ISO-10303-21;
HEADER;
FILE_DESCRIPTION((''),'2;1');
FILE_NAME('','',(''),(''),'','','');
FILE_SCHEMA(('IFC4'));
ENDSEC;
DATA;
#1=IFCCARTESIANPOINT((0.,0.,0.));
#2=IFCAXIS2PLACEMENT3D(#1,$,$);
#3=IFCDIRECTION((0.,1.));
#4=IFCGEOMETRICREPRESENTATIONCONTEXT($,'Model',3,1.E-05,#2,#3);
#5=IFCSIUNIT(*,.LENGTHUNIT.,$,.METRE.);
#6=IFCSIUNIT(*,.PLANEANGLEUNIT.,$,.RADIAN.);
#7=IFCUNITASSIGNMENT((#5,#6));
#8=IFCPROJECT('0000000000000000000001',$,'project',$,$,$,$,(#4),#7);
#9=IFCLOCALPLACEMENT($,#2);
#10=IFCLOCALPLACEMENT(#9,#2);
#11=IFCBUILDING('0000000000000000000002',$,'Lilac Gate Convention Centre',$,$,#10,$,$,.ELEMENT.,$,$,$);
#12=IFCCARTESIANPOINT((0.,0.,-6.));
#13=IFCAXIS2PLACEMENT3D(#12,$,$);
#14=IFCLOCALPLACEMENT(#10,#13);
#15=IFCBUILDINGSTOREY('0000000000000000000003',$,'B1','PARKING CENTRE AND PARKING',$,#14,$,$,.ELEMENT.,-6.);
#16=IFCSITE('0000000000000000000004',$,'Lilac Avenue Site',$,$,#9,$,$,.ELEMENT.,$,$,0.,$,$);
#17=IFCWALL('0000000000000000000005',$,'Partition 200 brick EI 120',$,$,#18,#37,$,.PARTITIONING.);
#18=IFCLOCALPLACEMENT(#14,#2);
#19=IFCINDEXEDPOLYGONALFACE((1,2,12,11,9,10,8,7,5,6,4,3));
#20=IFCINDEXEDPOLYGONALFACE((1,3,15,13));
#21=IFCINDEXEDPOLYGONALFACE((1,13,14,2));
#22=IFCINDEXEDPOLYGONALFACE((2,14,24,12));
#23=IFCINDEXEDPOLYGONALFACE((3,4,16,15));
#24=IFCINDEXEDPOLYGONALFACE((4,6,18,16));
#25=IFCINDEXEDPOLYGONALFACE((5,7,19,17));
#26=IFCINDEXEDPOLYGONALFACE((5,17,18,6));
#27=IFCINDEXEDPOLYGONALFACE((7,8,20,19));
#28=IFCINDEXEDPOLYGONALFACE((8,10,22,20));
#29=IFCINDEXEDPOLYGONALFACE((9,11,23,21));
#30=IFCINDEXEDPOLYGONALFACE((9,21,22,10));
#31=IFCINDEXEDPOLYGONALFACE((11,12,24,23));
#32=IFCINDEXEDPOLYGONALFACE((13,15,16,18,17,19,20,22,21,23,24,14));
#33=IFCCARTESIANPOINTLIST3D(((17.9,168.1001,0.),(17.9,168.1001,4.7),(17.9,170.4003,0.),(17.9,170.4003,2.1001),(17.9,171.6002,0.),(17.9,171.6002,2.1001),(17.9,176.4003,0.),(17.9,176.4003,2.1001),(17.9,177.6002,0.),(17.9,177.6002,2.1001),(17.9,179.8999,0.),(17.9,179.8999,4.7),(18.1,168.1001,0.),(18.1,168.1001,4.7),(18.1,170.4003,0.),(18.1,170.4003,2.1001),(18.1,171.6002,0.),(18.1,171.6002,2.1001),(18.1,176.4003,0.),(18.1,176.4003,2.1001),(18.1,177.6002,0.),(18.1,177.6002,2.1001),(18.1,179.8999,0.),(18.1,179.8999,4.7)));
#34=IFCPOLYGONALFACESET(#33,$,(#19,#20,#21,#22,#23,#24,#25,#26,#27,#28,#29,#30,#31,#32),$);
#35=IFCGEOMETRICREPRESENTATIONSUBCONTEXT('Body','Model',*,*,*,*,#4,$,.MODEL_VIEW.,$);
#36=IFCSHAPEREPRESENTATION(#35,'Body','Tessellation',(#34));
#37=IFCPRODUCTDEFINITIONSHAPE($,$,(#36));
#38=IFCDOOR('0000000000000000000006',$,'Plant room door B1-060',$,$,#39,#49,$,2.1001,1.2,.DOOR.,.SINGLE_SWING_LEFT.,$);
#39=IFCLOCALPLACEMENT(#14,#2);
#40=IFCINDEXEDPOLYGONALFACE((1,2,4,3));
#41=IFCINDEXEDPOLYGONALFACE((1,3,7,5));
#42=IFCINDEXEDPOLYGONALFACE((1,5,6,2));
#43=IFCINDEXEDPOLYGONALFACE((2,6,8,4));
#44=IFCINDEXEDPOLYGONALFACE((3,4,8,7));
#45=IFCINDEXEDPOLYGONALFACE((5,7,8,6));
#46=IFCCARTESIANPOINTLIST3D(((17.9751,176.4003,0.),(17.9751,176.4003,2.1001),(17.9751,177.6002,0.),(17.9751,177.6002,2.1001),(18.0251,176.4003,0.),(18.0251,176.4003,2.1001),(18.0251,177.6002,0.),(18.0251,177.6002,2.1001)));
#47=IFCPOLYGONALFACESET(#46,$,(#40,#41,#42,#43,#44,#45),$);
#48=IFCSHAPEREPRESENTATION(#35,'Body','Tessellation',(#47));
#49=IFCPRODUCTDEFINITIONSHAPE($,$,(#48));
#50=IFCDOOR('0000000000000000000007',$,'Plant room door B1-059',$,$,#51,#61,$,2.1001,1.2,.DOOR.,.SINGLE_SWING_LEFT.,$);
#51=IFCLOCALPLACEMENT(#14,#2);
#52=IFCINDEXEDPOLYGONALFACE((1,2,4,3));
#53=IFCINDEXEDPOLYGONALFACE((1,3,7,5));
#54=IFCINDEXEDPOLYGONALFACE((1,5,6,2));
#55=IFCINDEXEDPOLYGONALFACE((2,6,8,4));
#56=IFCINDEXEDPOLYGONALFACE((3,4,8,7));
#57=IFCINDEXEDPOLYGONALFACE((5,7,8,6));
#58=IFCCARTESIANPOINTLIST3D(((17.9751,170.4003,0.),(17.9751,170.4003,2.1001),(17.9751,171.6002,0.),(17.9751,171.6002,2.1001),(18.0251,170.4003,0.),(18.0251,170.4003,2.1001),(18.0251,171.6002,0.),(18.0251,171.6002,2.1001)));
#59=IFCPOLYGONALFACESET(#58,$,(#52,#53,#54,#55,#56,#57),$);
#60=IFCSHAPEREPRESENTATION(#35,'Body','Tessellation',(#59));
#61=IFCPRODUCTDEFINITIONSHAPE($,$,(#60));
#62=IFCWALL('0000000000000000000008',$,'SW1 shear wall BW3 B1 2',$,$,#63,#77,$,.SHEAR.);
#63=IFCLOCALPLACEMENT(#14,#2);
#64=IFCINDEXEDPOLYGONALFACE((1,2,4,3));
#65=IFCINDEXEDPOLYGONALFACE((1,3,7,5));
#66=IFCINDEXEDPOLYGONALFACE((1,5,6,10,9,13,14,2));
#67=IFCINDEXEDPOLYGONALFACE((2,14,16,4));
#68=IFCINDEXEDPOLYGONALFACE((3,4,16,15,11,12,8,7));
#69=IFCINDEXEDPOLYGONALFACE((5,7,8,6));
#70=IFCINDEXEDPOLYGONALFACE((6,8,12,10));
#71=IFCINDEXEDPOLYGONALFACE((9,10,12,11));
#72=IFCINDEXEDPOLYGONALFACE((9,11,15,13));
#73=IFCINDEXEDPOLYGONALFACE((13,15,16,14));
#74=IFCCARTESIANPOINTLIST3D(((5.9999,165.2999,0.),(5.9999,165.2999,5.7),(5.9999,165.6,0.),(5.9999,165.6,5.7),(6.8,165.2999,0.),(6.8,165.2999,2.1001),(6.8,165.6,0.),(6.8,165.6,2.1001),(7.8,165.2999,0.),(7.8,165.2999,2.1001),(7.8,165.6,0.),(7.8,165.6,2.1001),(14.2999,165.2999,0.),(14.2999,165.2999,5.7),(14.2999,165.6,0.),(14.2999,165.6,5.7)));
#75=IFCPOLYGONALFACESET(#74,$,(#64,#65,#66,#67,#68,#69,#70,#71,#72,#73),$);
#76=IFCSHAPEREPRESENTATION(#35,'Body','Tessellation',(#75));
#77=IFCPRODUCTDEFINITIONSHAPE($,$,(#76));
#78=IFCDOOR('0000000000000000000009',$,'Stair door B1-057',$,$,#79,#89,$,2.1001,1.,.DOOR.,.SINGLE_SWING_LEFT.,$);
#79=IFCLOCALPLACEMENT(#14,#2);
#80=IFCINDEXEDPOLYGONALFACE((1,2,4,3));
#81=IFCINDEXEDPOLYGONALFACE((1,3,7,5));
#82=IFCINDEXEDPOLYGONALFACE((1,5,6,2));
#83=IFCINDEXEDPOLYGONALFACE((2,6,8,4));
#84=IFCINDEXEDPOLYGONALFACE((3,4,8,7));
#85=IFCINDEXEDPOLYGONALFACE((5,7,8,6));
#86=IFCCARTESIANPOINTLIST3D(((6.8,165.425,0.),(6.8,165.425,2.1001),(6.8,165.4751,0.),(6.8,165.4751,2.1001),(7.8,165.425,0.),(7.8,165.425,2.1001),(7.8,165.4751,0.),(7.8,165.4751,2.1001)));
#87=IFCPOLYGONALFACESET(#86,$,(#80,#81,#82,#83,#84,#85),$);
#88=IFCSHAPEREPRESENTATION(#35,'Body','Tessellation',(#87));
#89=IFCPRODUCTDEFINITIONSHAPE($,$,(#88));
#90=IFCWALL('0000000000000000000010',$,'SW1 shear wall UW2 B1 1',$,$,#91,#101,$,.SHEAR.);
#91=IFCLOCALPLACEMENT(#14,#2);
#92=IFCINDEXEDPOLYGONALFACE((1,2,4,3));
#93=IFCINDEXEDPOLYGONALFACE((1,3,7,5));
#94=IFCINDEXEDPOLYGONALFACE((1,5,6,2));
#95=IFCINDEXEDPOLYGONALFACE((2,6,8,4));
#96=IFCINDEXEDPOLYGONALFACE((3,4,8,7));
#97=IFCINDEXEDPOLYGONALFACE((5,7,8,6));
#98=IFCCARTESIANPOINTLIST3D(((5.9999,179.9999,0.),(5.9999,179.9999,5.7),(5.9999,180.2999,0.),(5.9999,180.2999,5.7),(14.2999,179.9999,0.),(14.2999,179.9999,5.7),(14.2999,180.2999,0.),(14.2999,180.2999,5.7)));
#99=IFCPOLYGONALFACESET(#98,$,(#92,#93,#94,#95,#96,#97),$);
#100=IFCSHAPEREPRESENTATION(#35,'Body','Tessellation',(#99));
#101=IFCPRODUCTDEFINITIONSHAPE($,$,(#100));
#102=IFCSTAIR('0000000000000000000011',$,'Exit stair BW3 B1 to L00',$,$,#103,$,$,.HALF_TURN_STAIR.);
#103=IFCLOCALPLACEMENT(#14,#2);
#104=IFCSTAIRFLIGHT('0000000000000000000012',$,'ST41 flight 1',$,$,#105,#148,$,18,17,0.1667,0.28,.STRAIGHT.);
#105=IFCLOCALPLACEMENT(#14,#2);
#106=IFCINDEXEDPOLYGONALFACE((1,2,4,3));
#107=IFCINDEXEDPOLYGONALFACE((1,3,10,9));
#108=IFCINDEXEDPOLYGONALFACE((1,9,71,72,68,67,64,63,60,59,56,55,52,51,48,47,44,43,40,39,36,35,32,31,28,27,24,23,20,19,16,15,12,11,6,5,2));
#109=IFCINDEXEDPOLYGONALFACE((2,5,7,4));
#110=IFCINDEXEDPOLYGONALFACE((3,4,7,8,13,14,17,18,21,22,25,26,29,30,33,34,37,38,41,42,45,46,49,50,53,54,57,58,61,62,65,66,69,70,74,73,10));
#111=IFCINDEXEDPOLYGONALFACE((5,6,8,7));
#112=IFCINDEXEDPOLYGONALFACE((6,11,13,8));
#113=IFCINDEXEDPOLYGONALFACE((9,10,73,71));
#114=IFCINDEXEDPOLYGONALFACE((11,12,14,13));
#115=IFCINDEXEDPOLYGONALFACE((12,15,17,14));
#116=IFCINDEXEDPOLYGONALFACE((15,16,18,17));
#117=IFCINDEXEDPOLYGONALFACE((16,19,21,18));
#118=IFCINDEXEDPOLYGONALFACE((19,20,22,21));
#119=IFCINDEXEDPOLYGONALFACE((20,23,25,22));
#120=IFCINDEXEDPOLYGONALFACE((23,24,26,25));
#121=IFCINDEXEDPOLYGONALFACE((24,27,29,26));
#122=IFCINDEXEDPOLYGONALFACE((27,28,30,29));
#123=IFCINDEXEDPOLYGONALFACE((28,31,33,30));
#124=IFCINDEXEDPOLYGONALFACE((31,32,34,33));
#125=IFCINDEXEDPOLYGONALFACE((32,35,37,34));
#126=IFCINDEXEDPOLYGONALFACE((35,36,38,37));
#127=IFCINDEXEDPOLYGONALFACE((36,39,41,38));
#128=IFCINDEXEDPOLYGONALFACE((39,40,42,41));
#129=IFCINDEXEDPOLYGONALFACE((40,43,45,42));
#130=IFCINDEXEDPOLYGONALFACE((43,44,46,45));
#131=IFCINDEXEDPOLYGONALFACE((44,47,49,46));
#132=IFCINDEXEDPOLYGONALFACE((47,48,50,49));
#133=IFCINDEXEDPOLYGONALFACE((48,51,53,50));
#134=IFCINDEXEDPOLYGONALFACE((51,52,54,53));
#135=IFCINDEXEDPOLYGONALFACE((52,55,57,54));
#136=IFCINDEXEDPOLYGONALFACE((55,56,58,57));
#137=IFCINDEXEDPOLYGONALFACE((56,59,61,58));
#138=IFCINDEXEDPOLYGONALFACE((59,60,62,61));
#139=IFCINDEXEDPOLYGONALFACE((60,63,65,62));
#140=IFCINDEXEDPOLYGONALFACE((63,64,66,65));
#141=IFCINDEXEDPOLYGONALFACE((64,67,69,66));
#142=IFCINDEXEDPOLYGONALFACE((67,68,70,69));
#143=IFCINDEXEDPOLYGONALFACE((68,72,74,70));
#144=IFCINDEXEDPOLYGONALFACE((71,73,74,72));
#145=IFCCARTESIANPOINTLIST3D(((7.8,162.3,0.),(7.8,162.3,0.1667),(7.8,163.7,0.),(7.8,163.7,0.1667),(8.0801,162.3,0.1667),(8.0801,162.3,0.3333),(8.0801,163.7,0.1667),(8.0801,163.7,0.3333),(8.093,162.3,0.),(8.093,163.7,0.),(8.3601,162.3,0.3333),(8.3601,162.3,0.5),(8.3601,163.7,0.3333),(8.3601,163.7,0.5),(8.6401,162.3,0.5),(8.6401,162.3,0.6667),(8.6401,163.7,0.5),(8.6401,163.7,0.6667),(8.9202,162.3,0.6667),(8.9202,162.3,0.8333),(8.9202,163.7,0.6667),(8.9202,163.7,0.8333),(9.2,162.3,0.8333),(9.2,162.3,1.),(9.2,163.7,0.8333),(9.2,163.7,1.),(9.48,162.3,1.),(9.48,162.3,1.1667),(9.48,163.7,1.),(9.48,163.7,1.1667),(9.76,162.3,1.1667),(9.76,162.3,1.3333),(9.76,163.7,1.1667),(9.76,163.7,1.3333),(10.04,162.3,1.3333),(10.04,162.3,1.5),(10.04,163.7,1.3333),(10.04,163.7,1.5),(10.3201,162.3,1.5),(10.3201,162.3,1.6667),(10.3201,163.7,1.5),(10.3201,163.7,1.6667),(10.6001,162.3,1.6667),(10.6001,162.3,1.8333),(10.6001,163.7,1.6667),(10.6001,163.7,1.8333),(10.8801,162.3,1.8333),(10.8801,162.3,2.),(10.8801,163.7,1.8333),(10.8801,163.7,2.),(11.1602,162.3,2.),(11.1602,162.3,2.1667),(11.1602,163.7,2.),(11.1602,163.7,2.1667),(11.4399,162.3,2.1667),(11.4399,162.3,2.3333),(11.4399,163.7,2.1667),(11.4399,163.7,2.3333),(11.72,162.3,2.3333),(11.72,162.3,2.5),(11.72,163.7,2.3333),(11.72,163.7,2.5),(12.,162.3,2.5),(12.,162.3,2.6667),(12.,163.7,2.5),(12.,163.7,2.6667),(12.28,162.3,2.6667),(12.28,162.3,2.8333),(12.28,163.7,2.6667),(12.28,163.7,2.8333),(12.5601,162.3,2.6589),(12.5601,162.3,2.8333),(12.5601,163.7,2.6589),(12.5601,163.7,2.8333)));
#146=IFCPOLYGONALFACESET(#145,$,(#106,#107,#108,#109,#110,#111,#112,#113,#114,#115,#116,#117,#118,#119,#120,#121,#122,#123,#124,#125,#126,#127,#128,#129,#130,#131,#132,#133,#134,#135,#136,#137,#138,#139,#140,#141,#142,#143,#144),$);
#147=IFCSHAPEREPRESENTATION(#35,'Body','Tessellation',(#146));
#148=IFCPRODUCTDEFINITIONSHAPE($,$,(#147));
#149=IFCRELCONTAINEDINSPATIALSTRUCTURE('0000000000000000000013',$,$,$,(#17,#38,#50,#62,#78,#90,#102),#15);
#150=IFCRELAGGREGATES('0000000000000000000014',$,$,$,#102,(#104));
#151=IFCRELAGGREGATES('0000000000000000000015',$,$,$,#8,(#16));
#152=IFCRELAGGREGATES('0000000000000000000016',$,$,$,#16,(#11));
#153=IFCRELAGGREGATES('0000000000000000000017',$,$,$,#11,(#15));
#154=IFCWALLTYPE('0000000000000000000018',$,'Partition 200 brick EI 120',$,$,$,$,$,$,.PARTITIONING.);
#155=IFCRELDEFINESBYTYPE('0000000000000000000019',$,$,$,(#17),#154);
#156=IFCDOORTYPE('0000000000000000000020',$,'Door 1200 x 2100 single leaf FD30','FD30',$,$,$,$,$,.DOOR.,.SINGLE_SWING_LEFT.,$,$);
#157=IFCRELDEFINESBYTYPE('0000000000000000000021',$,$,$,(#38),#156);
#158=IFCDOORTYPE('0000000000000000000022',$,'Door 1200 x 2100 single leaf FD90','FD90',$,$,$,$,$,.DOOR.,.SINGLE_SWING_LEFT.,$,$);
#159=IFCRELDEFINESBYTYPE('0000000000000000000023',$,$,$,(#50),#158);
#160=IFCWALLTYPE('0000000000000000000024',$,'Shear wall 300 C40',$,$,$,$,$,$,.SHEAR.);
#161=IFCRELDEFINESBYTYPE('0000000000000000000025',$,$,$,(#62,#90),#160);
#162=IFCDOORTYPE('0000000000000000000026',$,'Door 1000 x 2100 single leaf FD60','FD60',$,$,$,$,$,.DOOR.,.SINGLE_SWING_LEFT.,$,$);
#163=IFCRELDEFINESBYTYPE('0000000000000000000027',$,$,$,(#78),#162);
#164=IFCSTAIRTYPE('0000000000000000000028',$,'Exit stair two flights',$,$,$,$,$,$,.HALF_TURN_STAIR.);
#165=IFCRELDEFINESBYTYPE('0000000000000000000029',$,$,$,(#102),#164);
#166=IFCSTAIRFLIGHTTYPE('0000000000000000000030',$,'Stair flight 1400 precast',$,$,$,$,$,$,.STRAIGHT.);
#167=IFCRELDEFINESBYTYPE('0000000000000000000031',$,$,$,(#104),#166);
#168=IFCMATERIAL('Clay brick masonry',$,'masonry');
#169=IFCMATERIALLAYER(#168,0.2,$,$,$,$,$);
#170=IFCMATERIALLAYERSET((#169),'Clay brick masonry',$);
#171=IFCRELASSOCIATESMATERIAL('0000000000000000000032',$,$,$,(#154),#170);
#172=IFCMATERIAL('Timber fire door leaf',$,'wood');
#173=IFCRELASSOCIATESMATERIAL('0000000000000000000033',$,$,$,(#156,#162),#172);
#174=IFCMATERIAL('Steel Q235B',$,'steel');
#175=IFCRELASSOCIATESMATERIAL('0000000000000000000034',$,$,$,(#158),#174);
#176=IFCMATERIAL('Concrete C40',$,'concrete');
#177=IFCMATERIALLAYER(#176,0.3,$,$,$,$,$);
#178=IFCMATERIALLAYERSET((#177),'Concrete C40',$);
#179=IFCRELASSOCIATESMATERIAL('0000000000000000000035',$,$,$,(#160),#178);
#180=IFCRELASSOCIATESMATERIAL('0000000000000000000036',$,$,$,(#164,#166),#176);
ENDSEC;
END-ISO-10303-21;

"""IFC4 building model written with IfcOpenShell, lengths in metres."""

from ifc_helpers import new_model, si_unit, direction, frame, frame_2d, origin, place, context, subcontext, project, spatial, polyline, rectangle, outline, extrude, material, layer, layer_set, type_object, element, fill, aggregate, save


model = new_model("IFC4")

# Units and contexts
model_context = context("Model", 3, precision=1e-05, world=origin(), true_north=direction((0.0, 1.0)))
body_context = subcontext(model_context, "Body", "Model", "MODEL_VIEW")
ifc_project = project(units=[si_unit("LENGTHUNIT", "METRE"), si_unit("PLANEANGLEUNIT", "RADIAN")], contexts=[model_context])

# Site, building, storey
site_placement = place(None, origin())
site = spatial("IfcSite", under=ifc_project, at=site_placement, Name="Lilac Avenue Site", CompositionType="ELEMENT", RefElevation=0.0)
building_placement = place(site_placement, origin())
building = spatial("IfcBuilding", under=site, at=building_placement, Name="Lilac Gate Convention Centre", CompositionType="ELEMENT")
storey_placement = place(building_placement, frame((0.0, 0.0, -6.0)))
storey = spatial("IfcBuildingStorey", under=building, at=storey_placement, Name="B1", Description="PARKING CENTRE AND PARKING", CompositionType="ELEMENT", Elevation=-6.0)

# Shared definitions
ifc_material_1 = material(Name="Concrete C40", Category="concrete")

# Shared definitions
ifc_material_2 = material(Name="Clay brick masonry", Category="masonry")
ifc_layer_1 = layer(ifc_material_2, 0.2)
ifc_layer_set_1 = layer_set([ifc_layer_1], Name="Clay brick masonry")
wall_type_1 = type_object("IfcWallType", Name="Partition 200 brick EI 120", PredefinedType="PARTITIONING", material=ifc_layer_set_1)

# Wall, openings, doors
wall_1_placement = place(storey_placement, frame((18.0, 168.1001, 0.0), z_axis=(0.0, 0.0, 1.0), x_axis=(0.0, 1.0, 0.0)))
wall_1 = element("IfcWall", 1, at=wall_1_placement, inside=storey, type_object=wall_type_1, Name="Partition 200 brick EI 120", PredefinedType="PARTITIONING", context=body_context, shape_type="SweptSolid", body=[
    extrude(rectangle(XDim=11.7998, YDim=0.2, at=frame_2d((5.8999, 0.0))), origin(), (0.0, 0.0, 1.0), 4.7),
])
opening_1_placement = place(wall_1_placement, frame((2.3, 0.0, 0.0)))
opening_1 = element("IfcOpeningElement", 2, at=opening_1_placement, cuts=wall_1, PredefinedType="OPENING", context=body_context, shape_type="SweptSolid", body=[
    extrude(rectangle(XDim=1.2, YDim=2.1001, at=frame_2d((0.6001, 1.05))), frame((0.0, 0.1099, 0.0), z_axis=(0.0, -1.0, 0.0), x_axis=(1.0, 0.0, 0.0)), (0.0, 0.0, 1.0), 0.22),
])
opening_2_placement = place(wall_1_placement, frame((8.3, 0.0, 0.0)))
opening_2 = element("IfcOpeningElement", 3, at=opening_2_placement, cuts=wall_1, PredefinedType="OPENING", context=body_context, shape_type="SweptSolid", body=[
    extrude(rectangle(XDim=1.2, YDim=2.1001, at=frame_2d((0.6001, 1.05))), frame((0.0, 0.1099, 0.0), z_axis=(0.0, -1.0, 0.0), x_axis=(1.0, 0.0, 0.0)), (0.0, 0.0, 1.0), 0.22),
])
ifc_material_3 = material(Name="Timber fire door leaf", Category="wood")
door_type_1 = type_object("IfcDoorType", Name="Door 1200 x 2100 single leaf FD30", Description="FD30", OperationType="SINGLE_SWING_LEFT", PredefinedType="DOOR", material=ifc_material_3)
door_1_placement = place(opening_2_placement, origin())
door_1 = element("IfcDoor", 4, at=door_1_placement, inside=storey, type_object=door_type_1, Name="Plant room door B1-060", OperationType="SINGLE_SWING_LEFT", OverallHeight=2.1001, OverallWidth=1.2, PredefinedType="DOOR", context=body_context, shape_type="SweptSolid", body=[
    extrude(rectangle(XDim=1.2, YDim=2.1001, at=frame_2d((0.6001, 1.05))), frame((0.0, 0.0249, 0.0), z_axis=(0.0, -1.0, 0.0), x_axis=(1.0, 0.0, 0.0)), (0.0, 0.0, 1.0), 0.05),
])
fill(opening_2, door_1)
ifc_material_4 = material(Name="Steel Q235B", Category="steel")
door_type_2 = type_object("IfcDoorType", Name="Door 1200 x 2100 single leaf FD90", Description="FD90", OperationType="SINGLE_SWING_LEFT", PredefinedType="DOOR", material=ifc_material_4)
door_2_placement = place(opening_1_placement, origin())
door_2 = element("IfcDoor", 5, at=door_2_placement, inside=storey, type_object=door_type_2, Name="Plant room door B1-059", OperationType="SINGLE_SWING_LEFT", OverallHeight=2.1001, OverallWidth=1.2, PredefinedType="DOOR", context=body_context, shape_type="SweptSolid", body=[
    extrude(rectangle(XDim=1.2, YDim=2.1001, at=frame_2d((0.6001, 1.05))), frame((0.0, 0.0249, 0.0), z_axis=(0.0, -1.0, 0.0), x_axis=(1.0, 0.0, 0.0)), (0.0, 0.0, 1.0), 0.05),
])
fill(opening_1, door_2)

# Wall, opening, door
ifc_layer_2 = layer(ifc_material_1, 0.3)
ifc_layer_set_2 = layer_set([ifc_layer_2], Name="Concrete C40")
wall_type_2 = type_object("IfcWallType", Name="Shear wall 300 C40", PredefinedType="SHEAR", material=ifc_layer_set_2)
wall_2_placement = place(storey_placement, frame((6.0, 165.45, 0.0), z_axis=(0.0, 0.0, 1.0), x_axis=(1.0, 0.0, 0.0)))
wall_2 = element("IfcWall", 6, at=wall_2_placement, inside=storey, type_object=wall_type_2, Name="SW1 shear wall BW3 B1 2", PredefinedType="SHEAR", context=body_context, shape_type="SweptSolid", body=[
    extrude(rectangle(XDim=8.3, YDim=0.3, at=frame_2d((4.1499, 0.0))), origin(), (0.0, 0.0, 1.0), 5.7),
])
opening_3_placement = place(wall_2_placement, frame((0.8, 0.0, 0.0)))
opening_3 = element("IfcOpeningElement", 7, at=opening_3_placement, cuts=wall_2, PredefinedType="OPENING", context=body_context, shape_type="SweptSolid", body=[
    extrude(rectangle(XDim=1.0, YDim=2.1001, at=frame_2d((0.5, 1.05))), frame((0.0, 0.1599, 0.0), z_axis=(0.0, -1.0, 0.0), x_axis=(1.0, 0.0, 0.0)), (0.0, 0.0, 1.0), 0.3201),
])
door_type_3 = type_object("IfcDoorType", Name="Door 1000 x 2100 single leaf FD60", Description="FD60", OperationType="SINGLE_SWING_LEFT", PredefinedType="DOOR", material=ifc_material_3)
door_3_placement = place(opening_3_placement, frame((1.0, 0.0, 0.0), z_axis=(0.0, 0.0, 1.0), x_axis=(-1.0, 0.0, 0.0)))
door_3 = element("IfcDoor", 8, at=door_3_placement, inside=storey, type_object=door_type_3, Name="Stair door B1-057", OperationType="SINGLE_SWING_LEFT", OverallHeight=2.1001, OverallWidth=1.0, PredefinedType="DOOR", context=body_context, shape_type="SweptSolid", body=[
    extrude(rectangle(XDim=1.0, YDim=2.1001, at=frame_2d((0.5, 1.05))), frame((0.0, 0.0249, 0.0), z_axis=(0.0, -1.0, 0.0), x_axis=(1.0, 0.0, 0.0)), (0.0, 0.0, 1.0), 0.05),
])
fill(opening_3, door_3)

# Wall
wall_3_placement = place(storey_placement, frame((6.0, 180.1499, 0.0), z_axis=(0.0, 0.0, 1.0), x_axis=(1.0, 0.0, 0.0)))
element("IfcWall", 9, at=wall_3_placement, inside=storey, type_object=wall_type_2, Name="SW1 shear wall UW2 B1 1", PredefinedType="SHEAR", context=body_context, shape_type="SweptSolid", body=[
    extrude(rectangle(XDim=8.3, YDim=0.3, at=frame_2d((4.1499, 0.0))), origin(), (0.0, 0.0, 1.0), 5.7),
])

# Stair, stair flight
stair_type = type_object("IfcStairType", Name="Exit stair two flights", PredefinedType="HALF_TURN_STAIR", material=ifc_material_1)
stair_placement = place(storey_placement, origin())
stair = element("IfcStair", 10, at=stair_placement, inside=storey, type_object=stair_type, Name="Exit stair BW3 B1 to L00", PredefinedType="HALF_TURN_STAIR")
stair_flight_type = type_object("IfcStairFlightType", Name="Stair flight 1400 precast", PredefinedType="STRAIGHT", material=ifc_material_1)
stair_flight_1_placement = place(storey_placement, frame((7.8, 163.0, 0.0), z_axis=(0.0, 0.0, 1.0), x_axis=(1.0, 0.0, 0.0)))
stair_flight_1 = element("IfcStairFlight", 11, at=stair_flight_1_placement, type_object=stair_flight_type, Name="ST41 flight 1", NumberOfRisers=18, NumberOfTreads=17, PredefinedType="STRAIGHT", RiserHeight=0.1667, TreadLength=0.28, context=body_context, shape_type="SweptSolid", body=[
    extrude(outline(polyline([(0.0, 0.0), (0.0, 0.1667), (0.28, 0.1667), (0.28, 0.3333), (0.5601, 0.3333), (0.5601, 0.5), (0.8401, 0.5), (0.8401, 0.6667), (1.1201, 0.6667), (1.1201, 0.8333), (1.3999, 0.8333), (1.3999, 1.0), (1.6799, 1.0), (1.6799, 1.1667), (1.96, 1.1667), (1.96, 1.3333), (2.24, 1.3333), (2.24, 1.5), (2.52, 1.5), (2.52, 1.6667), (2.8, 1.6667), (2.8, 1.8333), (3.0801, 1.8333), (3.0801, 2.0), (3.3601, 2.0), (3.3601, 2.1667), (3.6399, 2.1667), (3.6399, 2.3333), (3.9199, 2.3333), (3.9199, 2.5), (4.2, 2.5), (4.2, 2.6667), (4.48, 2.6667), (4.48, 2.8333), (4.76, 2.8333), (4.76, 3.0), (4.76, 2.6589), (0.293, 0.0), (0.0, 0.0)])), frame((0.0, 0.7, 0.0), z_axis=(0.0, -1.0, 0.0), x_axis=(1.0, 0.0, 0.0)), (0.0, 0.0, 1.0), 1.3999),
])
aggregate(stair, [stair_flight_1])

save(model, "model.ifc")
